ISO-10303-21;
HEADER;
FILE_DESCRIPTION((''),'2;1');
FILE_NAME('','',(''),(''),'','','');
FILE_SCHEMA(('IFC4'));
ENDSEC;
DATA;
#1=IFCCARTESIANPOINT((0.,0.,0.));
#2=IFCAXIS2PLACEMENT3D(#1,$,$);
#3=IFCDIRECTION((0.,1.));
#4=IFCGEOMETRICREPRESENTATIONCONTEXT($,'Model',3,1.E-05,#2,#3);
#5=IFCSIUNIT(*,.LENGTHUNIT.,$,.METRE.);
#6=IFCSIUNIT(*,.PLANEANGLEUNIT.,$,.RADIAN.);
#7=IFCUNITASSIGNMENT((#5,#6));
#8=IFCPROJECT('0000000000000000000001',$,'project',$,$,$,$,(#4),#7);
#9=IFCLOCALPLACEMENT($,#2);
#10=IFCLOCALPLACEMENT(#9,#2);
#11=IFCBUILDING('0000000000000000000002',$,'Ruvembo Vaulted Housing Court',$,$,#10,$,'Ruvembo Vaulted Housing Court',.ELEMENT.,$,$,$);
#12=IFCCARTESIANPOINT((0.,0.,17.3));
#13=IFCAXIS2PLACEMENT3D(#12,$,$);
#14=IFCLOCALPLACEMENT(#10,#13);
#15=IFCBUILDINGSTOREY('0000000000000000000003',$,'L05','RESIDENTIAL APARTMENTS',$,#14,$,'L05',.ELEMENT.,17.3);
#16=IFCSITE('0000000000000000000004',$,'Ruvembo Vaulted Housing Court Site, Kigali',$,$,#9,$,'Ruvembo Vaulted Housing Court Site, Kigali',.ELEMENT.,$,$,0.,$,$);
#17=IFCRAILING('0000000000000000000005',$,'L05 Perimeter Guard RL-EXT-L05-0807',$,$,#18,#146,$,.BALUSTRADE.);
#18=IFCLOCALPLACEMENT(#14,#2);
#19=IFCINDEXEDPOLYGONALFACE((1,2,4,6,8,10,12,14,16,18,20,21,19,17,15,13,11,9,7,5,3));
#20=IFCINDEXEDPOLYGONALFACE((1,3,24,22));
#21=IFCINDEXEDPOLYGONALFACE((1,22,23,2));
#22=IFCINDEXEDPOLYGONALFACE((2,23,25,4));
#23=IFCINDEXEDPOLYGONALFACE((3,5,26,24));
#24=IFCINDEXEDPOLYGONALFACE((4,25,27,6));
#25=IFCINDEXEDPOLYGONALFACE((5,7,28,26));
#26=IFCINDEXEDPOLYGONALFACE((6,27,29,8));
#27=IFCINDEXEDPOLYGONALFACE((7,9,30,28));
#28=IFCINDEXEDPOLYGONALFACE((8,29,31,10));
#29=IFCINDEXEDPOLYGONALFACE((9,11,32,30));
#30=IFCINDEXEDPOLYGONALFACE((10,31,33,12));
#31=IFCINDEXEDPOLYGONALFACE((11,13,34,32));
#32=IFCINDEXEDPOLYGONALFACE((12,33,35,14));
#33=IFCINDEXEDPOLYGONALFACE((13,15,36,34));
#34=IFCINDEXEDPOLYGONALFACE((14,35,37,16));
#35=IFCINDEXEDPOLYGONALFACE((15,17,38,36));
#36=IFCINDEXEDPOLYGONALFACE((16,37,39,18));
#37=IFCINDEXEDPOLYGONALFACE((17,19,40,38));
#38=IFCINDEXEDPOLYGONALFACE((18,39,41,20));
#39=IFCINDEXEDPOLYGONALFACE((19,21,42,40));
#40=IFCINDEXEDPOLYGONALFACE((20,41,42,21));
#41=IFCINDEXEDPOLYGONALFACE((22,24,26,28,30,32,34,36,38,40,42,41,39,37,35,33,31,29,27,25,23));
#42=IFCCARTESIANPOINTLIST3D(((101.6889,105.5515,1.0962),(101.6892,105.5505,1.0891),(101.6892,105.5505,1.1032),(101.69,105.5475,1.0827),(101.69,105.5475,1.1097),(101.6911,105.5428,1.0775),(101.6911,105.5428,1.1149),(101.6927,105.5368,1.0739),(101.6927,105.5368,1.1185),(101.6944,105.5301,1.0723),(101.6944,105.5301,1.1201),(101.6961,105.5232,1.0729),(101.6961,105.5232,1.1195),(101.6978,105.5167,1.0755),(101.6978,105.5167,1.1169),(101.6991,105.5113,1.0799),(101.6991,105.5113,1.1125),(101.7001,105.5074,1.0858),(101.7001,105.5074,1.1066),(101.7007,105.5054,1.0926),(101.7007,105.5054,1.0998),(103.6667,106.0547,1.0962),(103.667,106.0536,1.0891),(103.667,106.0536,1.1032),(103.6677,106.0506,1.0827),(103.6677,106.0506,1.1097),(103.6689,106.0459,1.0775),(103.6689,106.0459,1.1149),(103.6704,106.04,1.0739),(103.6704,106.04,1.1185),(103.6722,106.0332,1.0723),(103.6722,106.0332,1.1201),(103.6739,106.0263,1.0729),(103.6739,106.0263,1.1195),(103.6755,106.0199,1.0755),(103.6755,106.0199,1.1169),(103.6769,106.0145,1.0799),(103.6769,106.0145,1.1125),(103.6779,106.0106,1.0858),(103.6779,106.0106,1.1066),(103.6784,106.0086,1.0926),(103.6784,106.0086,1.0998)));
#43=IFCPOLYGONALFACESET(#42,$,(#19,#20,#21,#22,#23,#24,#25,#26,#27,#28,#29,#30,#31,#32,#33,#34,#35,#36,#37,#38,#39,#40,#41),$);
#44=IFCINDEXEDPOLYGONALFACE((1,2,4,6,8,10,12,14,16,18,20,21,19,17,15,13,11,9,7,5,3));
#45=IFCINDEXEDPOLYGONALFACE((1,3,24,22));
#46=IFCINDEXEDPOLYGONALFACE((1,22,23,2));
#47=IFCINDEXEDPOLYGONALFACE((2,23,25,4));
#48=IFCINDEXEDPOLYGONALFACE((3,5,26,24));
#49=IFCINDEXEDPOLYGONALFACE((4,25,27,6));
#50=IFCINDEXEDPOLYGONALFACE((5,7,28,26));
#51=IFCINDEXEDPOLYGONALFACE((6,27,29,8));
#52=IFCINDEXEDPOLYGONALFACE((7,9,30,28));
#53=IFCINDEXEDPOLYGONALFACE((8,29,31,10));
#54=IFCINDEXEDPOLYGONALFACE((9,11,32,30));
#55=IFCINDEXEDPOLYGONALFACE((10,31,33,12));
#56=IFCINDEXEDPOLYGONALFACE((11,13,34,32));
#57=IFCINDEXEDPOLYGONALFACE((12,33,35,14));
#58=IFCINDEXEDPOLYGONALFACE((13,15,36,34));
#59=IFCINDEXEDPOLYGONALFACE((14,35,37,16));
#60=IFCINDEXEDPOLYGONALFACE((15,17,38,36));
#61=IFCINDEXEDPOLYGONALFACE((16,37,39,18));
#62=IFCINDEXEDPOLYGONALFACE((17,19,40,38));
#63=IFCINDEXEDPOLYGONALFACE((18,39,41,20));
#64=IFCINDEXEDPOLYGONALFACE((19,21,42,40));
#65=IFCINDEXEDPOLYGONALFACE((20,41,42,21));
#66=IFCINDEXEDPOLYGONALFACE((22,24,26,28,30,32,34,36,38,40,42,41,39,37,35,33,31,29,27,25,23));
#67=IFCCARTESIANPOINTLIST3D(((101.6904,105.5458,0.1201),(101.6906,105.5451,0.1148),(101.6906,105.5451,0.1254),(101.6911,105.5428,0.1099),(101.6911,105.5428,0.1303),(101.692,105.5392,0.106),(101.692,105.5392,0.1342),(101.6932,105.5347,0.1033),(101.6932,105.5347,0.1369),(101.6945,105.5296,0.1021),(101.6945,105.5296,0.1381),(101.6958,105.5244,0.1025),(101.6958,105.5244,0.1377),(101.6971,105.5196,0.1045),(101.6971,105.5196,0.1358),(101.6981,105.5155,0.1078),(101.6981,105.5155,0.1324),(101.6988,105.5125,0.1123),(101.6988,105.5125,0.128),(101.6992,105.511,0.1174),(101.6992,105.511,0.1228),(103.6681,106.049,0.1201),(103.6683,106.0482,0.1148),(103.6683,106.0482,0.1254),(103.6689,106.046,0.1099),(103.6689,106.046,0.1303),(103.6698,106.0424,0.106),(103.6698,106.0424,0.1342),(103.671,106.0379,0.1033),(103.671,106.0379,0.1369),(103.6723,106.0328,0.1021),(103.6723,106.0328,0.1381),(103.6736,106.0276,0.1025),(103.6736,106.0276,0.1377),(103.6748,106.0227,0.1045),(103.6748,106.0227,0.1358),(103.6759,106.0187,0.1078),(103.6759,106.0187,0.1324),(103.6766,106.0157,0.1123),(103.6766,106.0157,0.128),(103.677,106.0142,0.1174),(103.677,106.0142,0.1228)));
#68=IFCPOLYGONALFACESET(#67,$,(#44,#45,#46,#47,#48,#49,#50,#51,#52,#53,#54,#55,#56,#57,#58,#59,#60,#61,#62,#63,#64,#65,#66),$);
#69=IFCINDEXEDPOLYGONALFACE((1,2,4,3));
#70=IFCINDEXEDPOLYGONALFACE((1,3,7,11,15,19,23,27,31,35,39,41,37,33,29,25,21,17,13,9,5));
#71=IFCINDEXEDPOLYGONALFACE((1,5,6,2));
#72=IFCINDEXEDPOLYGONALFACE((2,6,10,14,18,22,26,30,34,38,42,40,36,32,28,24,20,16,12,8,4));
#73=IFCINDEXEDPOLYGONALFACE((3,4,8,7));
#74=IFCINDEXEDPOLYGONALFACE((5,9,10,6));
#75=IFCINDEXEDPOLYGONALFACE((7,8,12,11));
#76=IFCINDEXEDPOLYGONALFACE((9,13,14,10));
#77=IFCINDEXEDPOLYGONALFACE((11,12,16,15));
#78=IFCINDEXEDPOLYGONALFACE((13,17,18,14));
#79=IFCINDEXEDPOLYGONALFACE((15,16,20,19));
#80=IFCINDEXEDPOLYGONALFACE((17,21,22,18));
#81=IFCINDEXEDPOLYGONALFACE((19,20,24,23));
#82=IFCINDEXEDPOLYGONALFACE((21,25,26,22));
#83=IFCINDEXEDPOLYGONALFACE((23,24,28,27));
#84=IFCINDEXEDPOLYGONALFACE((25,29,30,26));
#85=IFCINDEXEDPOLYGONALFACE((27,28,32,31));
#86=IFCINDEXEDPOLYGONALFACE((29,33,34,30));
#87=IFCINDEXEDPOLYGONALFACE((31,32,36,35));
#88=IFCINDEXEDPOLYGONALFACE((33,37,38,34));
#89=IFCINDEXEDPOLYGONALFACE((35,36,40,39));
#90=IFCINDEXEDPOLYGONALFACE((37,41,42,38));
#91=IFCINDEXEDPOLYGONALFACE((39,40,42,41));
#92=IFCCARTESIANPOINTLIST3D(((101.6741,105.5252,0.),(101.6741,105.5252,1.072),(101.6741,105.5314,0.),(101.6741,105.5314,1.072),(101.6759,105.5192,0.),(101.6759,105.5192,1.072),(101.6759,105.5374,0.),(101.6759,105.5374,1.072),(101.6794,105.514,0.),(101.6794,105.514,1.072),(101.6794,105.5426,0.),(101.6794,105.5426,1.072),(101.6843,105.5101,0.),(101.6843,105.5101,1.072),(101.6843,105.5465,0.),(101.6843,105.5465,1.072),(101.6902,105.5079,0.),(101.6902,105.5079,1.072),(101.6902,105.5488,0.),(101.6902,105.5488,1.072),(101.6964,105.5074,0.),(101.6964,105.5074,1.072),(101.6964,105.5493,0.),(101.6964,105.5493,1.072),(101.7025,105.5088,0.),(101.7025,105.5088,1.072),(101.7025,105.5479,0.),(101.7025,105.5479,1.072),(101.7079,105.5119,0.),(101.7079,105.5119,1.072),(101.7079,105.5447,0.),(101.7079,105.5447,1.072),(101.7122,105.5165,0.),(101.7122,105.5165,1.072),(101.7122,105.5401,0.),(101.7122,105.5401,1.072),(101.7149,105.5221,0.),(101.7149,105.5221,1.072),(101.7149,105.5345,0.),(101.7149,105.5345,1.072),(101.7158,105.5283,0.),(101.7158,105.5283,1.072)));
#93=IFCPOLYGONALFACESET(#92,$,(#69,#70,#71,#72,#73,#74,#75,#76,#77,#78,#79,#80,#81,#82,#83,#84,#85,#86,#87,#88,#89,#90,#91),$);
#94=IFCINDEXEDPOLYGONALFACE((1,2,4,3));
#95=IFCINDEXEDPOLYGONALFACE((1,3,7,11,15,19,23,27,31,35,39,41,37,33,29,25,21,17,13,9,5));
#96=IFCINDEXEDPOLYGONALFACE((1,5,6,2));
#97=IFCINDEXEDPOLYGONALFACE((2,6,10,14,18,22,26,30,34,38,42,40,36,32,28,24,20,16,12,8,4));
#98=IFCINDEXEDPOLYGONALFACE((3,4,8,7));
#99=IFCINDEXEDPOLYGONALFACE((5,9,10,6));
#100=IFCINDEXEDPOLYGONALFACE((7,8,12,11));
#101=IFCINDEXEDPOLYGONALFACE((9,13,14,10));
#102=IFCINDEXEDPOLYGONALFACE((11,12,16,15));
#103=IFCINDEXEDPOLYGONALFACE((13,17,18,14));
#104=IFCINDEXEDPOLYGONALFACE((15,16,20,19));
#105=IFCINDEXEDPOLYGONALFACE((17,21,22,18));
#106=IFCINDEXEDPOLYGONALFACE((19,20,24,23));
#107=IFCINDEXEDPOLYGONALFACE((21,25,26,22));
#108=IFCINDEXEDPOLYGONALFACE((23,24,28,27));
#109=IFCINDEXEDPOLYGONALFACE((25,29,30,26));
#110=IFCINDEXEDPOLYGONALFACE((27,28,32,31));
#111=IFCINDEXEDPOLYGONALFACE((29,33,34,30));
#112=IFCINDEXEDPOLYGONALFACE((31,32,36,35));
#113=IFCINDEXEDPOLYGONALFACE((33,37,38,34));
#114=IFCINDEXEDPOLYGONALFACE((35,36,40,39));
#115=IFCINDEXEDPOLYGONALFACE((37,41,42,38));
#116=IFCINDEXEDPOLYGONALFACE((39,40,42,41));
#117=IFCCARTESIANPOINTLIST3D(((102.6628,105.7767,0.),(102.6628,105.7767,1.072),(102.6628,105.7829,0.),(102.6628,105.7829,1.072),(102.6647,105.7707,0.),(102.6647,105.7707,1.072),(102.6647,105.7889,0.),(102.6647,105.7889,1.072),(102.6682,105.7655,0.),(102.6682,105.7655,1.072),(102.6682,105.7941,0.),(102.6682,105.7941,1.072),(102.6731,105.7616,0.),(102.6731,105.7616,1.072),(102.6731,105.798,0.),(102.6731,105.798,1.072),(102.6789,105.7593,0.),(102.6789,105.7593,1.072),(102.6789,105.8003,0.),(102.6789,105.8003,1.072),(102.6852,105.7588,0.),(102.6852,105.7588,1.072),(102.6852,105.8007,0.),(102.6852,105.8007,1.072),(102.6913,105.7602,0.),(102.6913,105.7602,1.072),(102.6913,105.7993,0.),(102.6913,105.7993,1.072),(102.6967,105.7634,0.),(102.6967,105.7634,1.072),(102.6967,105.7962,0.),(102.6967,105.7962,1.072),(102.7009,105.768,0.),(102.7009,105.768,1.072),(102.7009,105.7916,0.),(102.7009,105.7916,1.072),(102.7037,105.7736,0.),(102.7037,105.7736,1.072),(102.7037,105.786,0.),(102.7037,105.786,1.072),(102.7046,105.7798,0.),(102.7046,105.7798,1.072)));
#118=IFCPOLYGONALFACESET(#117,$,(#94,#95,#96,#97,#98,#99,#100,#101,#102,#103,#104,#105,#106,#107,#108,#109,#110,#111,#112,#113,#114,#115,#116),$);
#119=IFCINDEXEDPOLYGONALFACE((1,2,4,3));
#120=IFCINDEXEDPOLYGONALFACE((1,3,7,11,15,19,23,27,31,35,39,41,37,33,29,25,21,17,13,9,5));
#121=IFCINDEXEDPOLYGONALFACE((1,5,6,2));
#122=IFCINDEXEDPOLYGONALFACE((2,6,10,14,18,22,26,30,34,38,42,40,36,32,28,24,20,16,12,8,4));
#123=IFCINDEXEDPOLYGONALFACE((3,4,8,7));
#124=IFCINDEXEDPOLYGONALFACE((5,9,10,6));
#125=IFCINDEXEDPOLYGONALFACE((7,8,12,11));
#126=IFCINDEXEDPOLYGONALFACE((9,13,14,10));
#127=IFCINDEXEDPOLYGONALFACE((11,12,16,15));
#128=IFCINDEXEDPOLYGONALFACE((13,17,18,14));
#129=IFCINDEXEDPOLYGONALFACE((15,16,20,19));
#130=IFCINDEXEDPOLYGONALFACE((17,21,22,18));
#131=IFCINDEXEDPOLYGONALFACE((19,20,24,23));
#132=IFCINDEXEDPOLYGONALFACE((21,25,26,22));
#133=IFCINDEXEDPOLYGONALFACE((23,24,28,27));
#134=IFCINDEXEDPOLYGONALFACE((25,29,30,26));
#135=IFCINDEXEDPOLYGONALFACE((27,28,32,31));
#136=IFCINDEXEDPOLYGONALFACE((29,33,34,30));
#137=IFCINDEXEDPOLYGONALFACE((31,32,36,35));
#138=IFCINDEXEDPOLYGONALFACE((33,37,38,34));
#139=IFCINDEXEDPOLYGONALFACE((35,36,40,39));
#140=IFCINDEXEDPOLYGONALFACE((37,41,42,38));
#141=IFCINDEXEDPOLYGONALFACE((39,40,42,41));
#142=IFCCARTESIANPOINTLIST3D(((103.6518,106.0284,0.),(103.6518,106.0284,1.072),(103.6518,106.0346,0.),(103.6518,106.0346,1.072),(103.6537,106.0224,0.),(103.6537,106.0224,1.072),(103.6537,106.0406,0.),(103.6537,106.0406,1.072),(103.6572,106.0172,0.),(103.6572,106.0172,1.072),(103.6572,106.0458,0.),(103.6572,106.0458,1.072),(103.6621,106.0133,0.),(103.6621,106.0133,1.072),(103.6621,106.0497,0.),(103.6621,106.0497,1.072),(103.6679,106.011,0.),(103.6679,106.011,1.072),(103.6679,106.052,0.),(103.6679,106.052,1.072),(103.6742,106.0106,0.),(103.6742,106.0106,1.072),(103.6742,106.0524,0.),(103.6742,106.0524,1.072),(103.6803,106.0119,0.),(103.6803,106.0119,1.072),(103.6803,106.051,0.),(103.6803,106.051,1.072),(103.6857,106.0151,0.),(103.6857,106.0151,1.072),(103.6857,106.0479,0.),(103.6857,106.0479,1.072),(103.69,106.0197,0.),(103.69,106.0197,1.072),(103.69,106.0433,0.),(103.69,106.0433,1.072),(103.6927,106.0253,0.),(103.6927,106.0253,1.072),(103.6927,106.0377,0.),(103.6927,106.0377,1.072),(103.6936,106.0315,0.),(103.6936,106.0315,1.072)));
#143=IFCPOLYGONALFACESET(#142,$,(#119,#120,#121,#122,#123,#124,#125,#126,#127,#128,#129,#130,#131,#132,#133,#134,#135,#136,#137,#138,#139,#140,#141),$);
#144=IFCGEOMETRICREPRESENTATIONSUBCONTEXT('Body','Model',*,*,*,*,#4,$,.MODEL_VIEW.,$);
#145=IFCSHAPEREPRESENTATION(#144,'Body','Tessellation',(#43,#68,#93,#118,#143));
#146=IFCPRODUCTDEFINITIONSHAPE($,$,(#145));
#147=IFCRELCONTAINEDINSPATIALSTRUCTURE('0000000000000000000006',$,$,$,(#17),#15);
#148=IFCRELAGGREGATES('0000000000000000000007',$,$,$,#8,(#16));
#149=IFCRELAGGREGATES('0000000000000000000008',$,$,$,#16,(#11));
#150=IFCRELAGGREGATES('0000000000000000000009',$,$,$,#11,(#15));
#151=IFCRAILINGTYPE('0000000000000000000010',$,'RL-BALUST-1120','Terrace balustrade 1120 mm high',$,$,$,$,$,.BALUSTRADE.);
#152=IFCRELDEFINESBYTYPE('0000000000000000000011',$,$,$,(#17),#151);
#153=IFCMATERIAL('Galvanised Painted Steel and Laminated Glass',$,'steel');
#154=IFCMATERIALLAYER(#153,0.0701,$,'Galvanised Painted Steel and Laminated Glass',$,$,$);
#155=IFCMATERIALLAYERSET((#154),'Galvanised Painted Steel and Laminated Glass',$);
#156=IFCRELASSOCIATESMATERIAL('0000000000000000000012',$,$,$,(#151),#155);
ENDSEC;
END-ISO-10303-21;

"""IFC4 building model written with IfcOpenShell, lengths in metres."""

from ifc_helpers import new_model, si_unit, direction, frame, origin, origin_2d, place, context, subcontext, project, spatial, circle, extrude, material, layer, layer_set, type_object, element, save


model = new_model("IFC4")

# Units and contexts
model_context = context("Model", 3, precision=1e-05, world=origin(), true_north=direction((0.0, 1.0)))
body_context = subcontext(model_context, "Body", "Model", "MODEL_VIEW")
ifc_project = project(units=[si_unit("LENGTHUNIT", "METRE"), si_unit("PLANEANGLEUNIT", "RADIAN")], contexts=[model_context])

# Site, building, storey
site_placement = place(None, origin())
site = spatial("IfcSite", under=ifc_project, at=site_placement, Name="Ruvembo Vaulted Housing Court Site, Kigali", LongName="Ruvembo Vaulted Housing Court Site, Kigali", CompositionType="ELEMENT", RefElevation=0.0)
building_placement = place(site_placement, origin())
building = spatial("IfcBuilding", under=site, at=building_placement, Name="Ruvembo Vaulted Housing Court", LongName="Ruvembo Vaulted Housing Court", CompositionType="ELEMENT")
storey_placement = place(building_placement, frame((0.0, 0.0, 17.3)))
storey = spatial("IfcBuildingStorey", under=building, at=storey_placement, Name="L05", Description="RESIDENTIAL APARTMENTS", LongName="L05", CompositionType="ELEMENT", Elevation=17.3)

# Railing
ifc_material_1 = material(Name="Galvanised Painted Steel and Laminated Glass", Category="steel")
ifc_layer_1 = layer(ifc_material_1, 0.0701, Name="Galvanised Painted Steel and Laminated Glass")
ifc_layer_set_1 = layer_set([ifc_layer_1], Name="Galvanised Painted Steel and Laminated Glass")
railing_type_1 = type_object("IfcRailingType", Name="RL-BALUST-1120", Description="Terrace balustrade 1120 mm high", PredefinedType="BALUSTRADE", material=ifc_layer_set_1)
railing_1_placement = place(storey_placement, frame((101.6948, 105.5283, 0.0)))
element("IfcRailing", 1, at=railing_1_placement, inside=storey, type_object=railing_type_1, Name="L05 Perimeter Guard RL-EXT-L05-0807", PredefinedType="BALUSTRADE", context=body_context, shape_type="SweptSolid", body=[
    extrude(circle(Radius=0.0239, at=origin_2d()), frame((0.0, 0.0, 1.0962), z_axis=(0.969128, 0.246559, 0.0), x_axis=(-0.246559, 0.969128, 0.0)), (0.0, 0.0, 1.0), 2.0408),
    extrude(circle(Radius=0.0181, at=origin_2d()), frame((0.0, 0.0, 0.1201), z_axis=(0.969128, 0.246559, 0.0), x_axis=(-0.246559, 0.969128, 0.0)), (0.0, 0.0, 1.0), 2.0408),
    extrude(circle(Radius=0.021, at=origin_2d()), origin(), (0.0, 0.0, 1.0), 1.072),
    extrude(circle(Radius=0.021, at=origin_2d()), frame((0.9888, 0.2515, 0.0)), (0.0, 0.0, 1.0), 1.072),
    extrude(circle(Radius=0.021, at=origin_2d()), frame((1.9778, 0.5032, 0.0)), (0.0, 0.0, 1.0), 1.072),
])

save(model, "model.ifc")
